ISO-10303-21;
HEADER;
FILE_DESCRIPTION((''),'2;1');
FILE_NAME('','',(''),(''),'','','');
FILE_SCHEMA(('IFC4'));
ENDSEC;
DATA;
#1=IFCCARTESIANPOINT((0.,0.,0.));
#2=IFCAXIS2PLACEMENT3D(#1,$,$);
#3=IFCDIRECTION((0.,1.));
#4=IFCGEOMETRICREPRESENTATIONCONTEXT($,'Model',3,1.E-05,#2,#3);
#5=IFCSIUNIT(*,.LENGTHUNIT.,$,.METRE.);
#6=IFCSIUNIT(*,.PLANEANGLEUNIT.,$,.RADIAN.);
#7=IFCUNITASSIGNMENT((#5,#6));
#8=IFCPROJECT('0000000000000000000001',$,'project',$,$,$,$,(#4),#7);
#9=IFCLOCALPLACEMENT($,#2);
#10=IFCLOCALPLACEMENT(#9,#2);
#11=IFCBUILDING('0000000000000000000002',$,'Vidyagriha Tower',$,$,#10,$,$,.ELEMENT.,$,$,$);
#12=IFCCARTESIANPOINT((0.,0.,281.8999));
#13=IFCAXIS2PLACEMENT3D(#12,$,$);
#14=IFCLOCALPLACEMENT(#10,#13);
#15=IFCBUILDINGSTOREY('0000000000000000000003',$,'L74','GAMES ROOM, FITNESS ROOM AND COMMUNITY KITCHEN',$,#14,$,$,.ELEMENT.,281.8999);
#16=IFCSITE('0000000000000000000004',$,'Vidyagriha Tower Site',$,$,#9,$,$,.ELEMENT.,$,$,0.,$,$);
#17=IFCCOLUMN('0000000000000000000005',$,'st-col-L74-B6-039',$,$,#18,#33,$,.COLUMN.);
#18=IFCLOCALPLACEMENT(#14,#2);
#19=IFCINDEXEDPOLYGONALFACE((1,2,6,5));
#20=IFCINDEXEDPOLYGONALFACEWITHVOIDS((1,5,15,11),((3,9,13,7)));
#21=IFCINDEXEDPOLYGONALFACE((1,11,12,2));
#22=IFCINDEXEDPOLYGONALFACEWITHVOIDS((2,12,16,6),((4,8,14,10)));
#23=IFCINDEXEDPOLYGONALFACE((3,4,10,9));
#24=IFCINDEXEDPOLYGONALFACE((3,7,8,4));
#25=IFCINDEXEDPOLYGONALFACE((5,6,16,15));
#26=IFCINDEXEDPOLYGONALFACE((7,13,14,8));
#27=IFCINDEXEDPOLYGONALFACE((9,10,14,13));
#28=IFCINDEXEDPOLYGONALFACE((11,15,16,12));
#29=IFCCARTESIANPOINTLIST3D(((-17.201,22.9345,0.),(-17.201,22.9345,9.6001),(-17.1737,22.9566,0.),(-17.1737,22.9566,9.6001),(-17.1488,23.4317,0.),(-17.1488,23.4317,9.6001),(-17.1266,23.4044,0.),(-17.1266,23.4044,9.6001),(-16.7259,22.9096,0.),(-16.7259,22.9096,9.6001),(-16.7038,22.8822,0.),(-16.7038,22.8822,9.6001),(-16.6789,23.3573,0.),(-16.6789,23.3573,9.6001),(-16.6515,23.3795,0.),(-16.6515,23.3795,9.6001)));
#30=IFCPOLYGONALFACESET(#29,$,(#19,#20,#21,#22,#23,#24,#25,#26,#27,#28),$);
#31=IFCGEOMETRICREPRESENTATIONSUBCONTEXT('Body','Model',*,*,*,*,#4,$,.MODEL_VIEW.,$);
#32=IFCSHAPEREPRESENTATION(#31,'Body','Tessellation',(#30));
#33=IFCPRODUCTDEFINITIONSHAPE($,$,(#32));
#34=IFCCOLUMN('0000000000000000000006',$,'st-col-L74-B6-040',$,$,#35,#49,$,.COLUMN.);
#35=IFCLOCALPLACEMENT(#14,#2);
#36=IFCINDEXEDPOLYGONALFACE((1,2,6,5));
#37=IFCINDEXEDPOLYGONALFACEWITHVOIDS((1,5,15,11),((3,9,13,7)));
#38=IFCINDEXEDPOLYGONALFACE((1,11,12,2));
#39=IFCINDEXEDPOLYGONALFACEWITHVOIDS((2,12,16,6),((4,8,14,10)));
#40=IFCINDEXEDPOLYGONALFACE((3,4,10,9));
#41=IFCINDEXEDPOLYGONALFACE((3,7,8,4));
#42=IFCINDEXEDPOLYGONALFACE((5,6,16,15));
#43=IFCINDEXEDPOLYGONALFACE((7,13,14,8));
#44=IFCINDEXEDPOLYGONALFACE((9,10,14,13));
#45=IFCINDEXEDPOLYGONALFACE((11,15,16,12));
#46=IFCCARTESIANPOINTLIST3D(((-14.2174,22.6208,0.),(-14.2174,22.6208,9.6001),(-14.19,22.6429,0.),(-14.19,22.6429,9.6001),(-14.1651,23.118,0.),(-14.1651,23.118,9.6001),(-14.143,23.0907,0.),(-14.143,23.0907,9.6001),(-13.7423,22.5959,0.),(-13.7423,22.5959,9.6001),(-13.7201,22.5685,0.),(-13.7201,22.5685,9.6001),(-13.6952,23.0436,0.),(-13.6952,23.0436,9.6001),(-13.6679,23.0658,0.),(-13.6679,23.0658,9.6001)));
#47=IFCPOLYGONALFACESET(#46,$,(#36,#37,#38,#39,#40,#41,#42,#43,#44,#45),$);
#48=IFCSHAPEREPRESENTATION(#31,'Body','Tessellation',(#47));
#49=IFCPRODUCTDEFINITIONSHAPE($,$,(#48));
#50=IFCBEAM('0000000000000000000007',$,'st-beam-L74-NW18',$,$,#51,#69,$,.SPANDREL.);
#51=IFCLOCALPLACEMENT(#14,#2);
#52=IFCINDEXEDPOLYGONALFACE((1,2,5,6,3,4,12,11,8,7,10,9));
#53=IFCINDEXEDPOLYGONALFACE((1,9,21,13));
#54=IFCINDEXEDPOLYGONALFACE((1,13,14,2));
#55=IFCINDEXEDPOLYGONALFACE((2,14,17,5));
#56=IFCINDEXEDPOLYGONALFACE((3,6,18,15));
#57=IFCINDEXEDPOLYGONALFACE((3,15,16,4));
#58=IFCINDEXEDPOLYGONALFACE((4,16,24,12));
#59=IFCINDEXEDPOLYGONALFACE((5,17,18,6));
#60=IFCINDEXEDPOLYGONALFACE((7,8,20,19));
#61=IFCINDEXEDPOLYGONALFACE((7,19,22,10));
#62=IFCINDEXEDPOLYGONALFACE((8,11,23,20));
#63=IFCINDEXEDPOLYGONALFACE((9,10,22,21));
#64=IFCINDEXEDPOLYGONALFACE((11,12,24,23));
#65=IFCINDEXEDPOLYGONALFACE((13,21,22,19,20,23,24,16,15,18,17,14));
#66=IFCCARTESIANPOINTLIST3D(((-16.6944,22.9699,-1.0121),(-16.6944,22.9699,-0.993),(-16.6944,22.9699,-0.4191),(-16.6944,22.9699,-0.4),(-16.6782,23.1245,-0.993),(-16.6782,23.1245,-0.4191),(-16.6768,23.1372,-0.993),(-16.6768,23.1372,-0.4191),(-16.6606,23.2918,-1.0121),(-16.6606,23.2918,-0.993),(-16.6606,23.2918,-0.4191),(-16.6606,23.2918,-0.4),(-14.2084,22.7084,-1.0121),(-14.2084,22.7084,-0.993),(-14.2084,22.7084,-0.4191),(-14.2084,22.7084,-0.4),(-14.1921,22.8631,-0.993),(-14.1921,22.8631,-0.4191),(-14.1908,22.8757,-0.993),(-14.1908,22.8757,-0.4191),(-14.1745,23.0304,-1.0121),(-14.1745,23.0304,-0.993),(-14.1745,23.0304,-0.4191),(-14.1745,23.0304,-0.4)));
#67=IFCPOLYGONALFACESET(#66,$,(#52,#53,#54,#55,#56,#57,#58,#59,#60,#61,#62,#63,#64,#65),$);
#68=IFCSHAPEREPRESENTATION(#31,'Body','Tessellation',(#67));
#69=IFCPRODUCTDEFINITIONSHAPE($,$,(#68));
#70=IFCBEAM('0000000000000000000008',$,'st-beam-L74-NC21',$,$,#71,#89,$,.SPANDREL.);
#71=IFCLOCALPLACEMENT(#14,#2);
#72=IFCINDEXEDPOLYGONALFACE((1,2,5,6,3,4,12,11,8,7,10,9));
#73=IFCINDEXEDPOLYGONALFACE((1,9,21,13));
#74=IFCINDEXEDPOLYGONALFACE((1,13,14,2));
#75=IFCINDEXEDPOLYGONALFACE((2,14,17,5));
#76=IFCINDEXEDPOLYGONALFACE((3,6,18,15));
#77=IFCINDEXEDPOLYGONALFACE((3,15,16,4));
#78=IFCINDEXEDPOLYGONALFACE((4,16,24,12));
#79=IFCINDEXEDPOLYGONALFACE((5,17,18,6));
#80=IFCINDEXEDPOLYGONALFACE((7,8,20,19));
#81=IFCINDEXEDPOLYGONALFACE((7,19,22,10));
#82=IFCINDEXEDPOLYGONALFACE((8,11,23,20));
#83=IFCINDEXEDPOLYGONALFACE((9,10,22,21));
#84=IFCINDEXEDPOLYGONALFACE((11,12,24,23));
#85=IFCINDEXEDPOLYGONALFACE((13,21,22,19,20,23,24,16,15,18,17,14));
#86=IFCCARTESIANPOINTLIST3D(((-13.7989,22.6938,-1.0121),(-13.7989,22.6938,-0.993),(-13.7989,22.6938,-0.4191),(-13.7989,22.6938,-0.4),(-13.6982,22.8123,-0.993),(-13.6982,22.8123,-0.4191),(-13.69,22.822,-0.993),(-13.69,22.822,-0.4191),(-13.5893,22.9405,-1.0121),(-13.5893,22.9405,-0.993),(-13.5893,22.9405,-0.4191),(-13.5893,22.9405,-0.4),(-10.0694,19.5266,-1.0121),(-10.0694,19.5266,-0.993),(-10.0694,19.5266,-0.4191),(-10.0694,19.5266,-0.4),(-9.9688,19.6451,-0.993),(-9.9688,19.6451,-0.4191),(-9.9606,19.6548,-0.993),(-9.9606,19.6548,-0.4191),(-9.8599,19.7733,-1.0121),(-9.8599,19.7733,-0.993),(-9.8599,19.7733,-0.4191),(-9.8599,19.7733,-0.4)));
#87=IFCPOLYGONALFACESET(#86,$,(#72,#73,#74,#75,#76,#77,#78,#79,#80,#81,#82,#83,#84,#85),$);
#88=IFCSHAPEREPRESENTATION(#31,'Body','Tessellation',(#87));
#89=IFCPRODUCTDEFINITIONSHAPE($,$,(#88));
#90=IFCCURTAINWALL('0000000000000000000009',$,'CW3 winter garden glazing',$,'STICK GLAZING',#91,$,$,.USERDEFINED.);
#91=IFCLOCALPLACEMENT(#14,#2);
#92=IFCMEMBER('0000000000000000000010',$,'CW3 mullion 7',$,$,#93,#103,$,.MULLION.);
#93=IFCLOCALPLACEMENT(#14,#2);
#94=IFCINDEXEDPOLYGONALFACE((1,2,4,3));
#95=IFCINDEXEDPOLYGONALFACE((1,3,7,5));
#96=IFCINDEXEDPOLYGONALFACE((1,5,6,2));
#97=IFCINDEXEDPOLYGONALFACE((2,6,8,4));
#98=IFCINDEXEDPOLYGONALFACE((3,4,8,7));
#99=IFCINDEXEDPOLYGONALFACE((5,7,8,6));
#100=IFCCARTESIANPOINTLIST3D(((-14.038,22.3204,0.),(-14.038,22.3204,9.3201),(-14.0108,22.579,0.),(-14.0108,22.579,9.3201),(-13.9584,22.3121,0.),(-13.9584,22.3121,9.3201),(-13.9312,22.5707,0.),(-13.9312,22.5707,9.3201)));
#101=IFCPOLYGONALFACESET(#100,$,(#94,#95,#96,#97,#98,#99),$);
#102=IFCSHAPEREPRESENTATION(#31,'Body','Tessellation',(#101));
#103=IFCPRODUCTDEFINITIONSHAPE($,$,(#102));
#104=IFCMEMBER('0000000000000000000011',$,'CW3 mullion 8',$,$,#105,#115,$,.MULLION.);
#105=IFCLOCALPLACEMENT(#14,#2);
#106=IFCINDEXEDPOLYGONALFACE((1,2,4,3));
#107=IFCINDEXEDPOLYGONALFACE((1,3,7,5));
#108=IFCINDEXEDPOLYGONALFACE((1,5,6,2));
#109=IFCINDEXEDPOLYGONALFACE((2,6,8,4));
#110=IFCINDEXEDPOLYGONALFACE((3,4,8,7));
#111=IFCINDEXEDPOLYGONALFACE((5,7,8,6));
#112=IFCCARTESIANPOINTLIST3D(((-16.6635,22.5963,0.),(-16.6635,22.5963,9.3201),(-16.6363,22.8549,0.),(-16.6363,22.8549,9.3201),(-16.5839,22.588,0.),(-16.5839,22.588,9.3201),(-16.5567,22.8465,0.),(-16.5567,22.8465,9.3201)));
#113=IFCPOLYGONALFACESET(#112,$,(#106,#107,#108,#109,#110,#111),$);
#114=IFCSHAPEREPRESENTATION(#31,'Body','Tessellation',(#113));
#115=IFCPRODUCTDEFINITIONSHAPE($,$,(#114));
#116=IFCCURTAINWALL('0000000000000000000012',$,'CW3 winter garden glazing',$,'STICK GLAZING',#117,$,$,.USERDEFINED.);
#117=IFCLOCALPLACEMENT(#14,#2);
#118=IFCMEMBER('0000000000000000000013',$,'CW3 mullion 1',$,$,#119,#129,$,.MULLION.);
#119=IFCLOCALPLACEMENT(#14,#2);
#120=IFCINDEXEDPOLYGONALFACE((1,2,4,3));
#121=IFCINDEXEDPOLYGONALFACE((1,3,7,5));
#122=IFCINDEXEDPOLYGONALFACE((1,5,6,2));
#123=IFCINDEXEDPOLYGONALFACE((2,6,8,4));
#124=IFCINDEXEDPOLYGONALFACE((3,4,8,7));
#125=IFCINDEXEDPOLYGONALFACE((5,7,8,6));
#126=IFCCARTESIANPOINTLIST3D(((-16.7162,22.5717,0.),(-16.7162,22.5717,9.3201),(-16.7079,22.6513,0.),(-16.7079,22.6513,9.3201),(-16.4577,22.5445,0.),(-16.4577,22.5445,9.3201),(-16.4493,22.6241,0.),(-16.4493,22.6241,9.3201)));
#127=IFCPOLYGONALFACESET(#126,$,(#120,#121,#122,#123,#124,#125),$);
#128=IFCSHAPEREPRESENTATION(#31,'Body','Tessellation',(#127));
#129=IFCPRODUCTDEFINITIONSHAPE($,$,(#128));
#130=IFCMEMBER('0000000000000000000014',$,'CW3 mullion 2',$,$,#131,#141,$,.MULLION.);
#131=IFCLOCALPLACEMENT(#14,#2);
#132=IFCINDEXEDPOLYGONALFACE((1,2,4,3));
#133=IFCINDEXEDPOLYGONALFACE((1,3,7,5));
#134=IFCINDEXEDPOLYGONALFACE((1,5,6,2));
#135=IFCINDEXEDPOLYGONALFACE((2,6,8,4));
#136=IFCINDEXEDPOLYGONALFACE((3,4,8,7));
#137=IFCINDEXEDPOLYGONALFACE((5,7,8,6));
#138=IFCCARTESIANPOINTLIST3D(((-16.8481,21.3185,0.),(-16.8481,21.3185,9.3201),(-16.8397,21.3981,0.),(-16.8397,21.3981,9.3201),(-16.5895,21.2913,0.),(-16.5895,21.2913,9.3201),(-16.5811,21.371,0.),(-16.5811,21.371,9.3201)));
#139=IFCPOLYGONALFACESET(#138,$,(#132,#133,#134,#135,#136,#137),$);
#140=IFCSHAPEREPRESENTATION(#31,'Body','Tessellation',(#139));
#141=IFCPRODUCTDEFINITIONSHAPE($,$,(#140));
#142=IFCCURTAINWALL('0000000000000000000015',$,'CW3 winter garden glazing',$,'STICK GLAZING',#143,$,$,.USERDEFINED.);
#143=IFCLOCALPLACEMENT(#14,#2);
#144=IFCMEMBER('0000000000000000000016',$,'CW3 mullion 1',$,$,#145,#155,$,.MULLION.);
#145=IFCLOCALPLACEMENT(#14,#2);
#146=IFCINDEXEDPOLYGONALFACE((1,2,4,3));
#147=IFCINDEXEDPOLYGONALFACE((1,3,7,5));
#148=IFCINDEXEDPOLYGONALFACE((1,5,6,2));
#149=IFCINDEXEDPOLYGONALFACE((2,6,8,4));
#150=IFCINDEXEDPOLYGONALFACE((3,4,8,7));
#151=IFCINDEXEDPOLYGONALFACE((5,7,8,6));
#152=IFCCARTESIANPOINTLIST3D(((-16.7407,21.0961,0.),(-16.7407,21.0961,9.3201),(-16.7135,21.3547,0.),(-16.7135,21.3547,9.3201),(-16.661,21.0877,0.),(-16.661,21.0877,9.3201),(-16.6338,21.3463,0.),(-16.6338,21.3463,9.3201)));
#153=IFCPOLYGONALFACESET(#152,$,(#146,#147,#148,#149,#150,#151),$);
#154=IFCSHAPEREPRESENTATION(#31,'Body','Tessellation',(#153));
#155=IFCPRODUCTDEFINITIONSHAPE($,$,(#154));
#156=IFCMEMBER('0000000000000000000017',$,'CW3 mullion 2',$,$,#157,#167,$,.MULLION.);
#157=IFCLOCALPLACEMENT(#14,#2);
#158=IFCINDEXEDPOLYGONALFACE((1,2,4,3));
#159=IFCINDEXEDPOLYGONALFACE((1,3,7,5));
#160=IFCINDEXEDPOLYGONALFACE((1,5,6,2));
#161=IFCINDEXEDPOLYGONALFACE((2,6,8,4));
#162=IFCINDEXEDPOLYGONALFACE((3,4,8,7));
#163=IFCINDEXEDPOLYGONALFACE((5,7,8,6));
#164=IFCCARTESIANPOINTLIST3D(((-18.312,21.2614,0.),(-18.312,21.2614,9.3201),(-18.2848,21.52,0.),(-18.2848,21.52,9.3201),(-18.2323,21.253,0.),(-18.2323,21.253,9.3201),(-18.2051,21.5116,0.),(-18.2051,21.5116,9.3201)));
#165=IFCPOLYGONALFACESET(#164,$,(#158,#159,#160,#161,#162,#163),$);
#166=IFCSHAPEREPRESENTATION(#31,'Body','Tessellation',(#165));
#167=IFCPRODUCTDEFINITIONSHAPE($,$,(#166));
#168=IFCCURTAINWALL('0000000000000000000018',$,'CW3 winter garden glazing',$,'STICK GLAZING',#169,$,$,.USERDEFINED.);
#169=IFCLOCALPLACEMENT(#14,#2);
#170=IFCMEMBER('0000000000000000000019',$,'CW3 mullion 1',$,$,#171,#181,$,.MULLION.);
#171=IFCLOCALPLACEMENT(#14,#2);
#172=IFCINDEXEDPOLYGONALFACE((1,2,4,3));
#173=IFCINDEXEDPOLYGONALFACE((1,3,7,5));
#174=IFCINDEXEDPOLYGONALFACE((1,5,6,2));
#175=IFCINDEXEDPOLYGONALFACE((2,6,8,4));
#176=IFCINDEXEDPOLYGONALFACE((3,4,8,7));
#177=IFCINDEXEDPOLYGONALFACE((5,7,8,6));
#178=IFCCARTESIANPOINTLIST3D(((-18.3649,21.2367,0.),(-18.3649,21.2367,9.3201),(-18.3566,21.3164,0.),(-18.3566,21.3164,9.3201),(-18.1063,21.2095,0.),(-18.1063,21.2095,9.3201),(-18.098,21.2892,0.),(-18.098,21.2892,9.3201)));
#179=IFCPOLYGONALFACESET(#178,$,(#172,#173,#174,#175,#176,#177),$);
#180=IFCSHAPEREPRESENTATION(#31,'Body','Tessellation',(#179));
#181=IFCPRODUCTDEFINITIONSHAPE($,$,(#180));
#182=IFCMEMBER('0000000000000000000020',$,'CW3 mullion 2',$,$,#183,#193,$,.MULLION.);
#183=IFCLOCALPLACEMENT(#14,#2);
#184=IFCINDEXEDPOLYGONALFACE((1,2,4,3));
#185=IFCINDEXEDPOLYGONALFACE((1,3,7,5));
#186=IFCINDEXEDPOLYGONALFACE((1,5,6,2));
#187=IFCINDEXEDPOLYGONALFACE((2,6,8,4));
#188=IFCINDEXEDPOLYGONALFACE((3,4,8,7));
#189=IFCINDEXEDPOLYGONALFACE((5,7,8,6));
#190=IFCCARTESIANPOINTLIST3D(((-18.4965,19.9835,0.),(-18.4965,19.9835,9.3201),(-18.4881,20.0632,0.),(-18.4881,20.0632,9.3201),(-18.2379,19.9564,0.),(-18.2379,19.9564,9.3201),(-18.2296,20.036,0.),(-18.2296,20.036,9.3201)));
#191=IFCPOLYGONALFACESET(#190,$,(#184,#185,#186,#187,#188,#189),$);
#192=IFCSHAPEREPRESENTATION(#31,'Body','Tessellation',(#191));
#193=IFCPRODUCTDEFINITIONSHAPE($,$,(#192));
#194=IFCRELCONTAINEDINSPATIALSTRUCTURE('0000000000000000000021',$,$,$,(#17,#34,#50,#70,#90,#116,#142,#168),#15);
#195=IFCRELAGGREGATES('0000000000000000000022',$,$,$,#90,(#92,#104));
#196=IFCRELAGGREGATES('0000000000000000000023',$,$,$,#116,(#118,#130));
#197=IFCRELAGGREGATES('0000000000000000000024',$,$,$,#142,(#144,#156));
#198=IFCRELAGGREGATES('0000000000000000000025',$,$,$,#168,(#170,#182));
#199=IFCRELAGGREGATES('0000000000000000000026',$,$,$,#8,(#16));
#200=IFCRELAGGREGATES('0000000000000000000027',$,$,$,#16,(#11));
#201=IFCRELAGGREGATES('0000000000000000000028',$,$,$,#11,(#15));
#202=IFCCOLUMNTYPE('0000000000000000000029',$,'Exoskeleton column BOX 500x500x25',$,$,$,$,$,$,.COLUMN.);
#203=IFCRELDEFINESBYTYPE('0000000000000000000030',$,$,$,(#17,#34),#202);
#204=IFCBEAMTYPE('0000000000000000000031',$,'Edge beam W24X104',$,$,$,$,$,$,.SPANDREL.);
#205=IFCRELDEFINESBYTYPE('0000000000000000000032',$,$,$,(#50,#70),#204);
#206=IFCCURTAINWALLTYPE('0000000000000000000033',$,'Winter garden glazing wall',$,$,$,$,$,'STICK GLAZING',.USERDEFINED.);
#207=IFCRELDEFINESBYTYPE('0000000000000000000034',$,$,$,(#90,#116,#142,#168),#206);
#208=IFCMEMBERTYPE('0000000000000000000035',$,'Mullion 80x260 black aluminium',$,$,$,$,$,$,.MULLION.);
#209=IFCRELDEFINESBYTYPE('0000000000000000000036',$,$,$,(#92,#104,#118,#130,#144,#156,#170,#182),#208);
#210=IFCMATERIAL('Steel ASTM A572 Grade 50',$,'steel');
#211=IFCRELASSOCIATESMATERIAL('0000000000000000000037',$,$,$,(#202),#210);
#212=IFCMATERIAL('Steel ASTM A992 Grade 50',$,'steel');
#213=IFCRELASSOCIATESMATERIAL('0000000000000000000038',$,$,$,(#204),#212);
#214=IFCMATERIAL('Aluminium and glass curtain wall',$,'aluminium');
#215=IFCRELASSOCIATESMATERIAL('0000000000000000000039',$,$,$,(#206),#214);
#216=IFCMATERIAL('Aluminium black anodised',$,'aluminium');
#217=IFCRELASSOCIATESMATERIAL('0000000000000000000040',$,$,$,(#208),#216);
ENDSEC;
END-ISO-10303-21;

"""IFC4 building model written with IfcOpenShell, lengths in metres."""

from ifc_helpers import new_model, si_unit, direction, frame, origin, origin_2d, place, context, subcontext, project, spatial, rectangle, hollow_rectangle, i_section, extrude, material, material_profile, profile_set, type_object, element, aggregate, save


model = new_model("IFC4")

# Units and contexts
model_context = context("Model", 3, precision=1e-05, world=origin(), true_north=direction((0.0, 1.0)))
body_context = subcontext(model_context, "Body", "Model", "MODEL_VIEW")
ifc_project = project(units=[si_unit("LENGTHUNIT", "METRE"), si_unit("PLANEANGLEUNIT", "RADIAN")], contexts=[model_context])

# Site, building, storey
site_placement = place(None, origin())
site = spatial("IfcSite", under=ifc_project, at=site_placement, Name="Vidyagriha Tower Site", CompositionType="ELEMENT", RefElevation=0.0)
building_placement = place(site_placement, origin())
building = spatial("IfcBuilding", under=site, at=building_placement, Name="Vidyagriha Tower", CompositionType="ELEMENT")
storey_placement = place(building_placement, frame((0.0, 0.0, 281.8999)))
storey = spatial("IfcBuildingStorey", under=building, at=storey_placement, Name="L74", Description="GAMES ROOM, FITNESS ROOM AND COMMUNITY KITCHEN", CompositionType="ELEMENT", Elevation=281.8999)

# Columns
ifc_material_1 = material(Name="Steel ASTM A572 Grade 50", Category="steel")
ifc_material_profile_1 = material_profile(ifc_material_1, hollow_rectangle(XDim=0.5, YDim=0.5, WallThickness=0.0249, at=origin_2d()), Name="BOX 500x500x25")
ifc_profile_set_1 = profile_set([ifc_material_profile_1], Name="Steel ASTM A572 Grade 50")
column_type = type_object("IfcColumnType", Name="Exoskeleton column BOX 500x500x25", PredefinedType="COLUMN", material=ifc_profile_set_1)
for number, where, z_axis, x_axis, name in (
    (1, (-16.9263, 23.157, 0.0), (0.0, 0.0, 1.0), (0.994522, -0.104528, 0.0), "st-col-L74-B6-039"),
    (2, (-13.9426, 22.8433, 0.0), (0.0, 0.0, 1.0), (0.994522, -0.104528, 0.0), "st-col-L74-B6-040"),
):
    element("IfcColumn", number, at=place(storey_placement, frame(where, z_axis=z_axis, x_axis=x_axis)), inside=storey, type_object=column_type, Name=name, PredefinedType="COLUMN", context=body_context, shape_type="SweptSolid", body=[
        extrude(hollow_rectangle(XDim=0.5, YDim=0.5, WallThickness=0.0249, at=origin_2d()), origin(), (0.0, 0.0, 1.0), 9.6001),
    ])

# Beams
ifc_material_2 = material(Name="Steel ASTM A992 Grade 50", Category="steel")
ifc_material_profile_2 = material_profile(ifc_material_2, i_section(OverallWidth=0.3237, OverallDepth=0.6121, WebThickness=0.0127, FlangeThickness=0.019, at=origin_2d()), Name="W24X104")
ifc_profile_set_2 = profile_set([ifc_material_profile_2], Name="Steel ASTM A992 Grade 50")
beam_type = type_object("IfcBeamType", Name="Edge beam W24X104", PredefinedType="SPANDREL", material=ifc_profile_set_2)
beam_1_placement = place(storey_placement, frame((-16.6775, 23.1309, -0.7061), z_axis=(0.994515, -0.104598, 0.0), x_axis=(0.104598, 0.994515, 0.0)))
element("IfcBeam", 3, at=beam_1_placement, inside=storey, type_object=beam_type, Name="st-beam-L74-NW18", PredefinedType="SPANDREL", context=body_context, shape_type="SweptSolid", body=[
    extrude(i_section(OverallWidth=0.3237, OverallDepth=0.6121, WebThickness=0.0127, FlangeThickness=0.019, at=origin_2d()), origin(), (0.0, 0.0, 1.0), 2.4998),
])
beam_2_placement = place(storey_placement, frame((-13.6941, 22.8171, -0.7061), z_axis=(0.762225, -0.647312, 0.0), x_axis=(0.647312, 0.762225, 0.0)))
element("IfcBeam", 4, at=beam_2_placement, inside=storey, type_object=beam_type, Name="st-beam-L74-NC21", PredefinedType="SPANDREL", context=body_context, shape_type="SweptSolid", body=[
    extrude(i_section(OverallWidth=0.3237, OverallDepth=0.6121, WebThickness=0.0127, FlangeThickness=0.019, at=origin_2d()), origin(), (0.0, 0.0, 1.0), 4.8928),
])

# Curtain walls, members
ifc_material_3 = material(Name="Aluminium and glass curtain wall", Category="aluminium")
curtain_wall_type = type_object("IfcCurtainWallType", Name="Winter garden glazing wall", ElementType="STICK GLAZING", PredefinedType="USERDEFINED", material=ifc_material_3)
curtain_wall_1_placement = place(storey_placement, origin())
curtain_wall_1 = element("IfcCurtainWall", 5, at=curtain_wall_1_placement, inside=storey, type_object=curtain_wall_type, Name="CW3 winter garden glazing", ObjectType="STICK GLAZING", PredefinedType="USERDEFINED")
ifc_material_4 = material(Name="Aluminium black anodised", Category="aluminium")
ifc_material_profile_3 = material_profile(ifc_material_4, rectangle(XDim=0.26, YDim=0.0801, at=origin_2d()), Name="Mullion 80x260 black aluminium")
ifc_profile_set_3 = profile_set([ifc_material_profile_3], Name="Aluminium black anodised")
member_type_1 = type_object("IfcMemberType", Name="Mullion 80x260 black aluminium", PredefinedType="MULLION", material=ifc_profile_set_3)
member_1_placement = place(storey_placement, frame((-13.9846, 22.4456, 0.0), z_axis=(0.0, 0.0, 1.0), x_axis=(-0.104528, -0.994522, 0.0)))
member_1 = element("IfcMember", 6, at=member_1_placement, type_object=member_type_1, Name="CW3 mullion 7", PredefinedType="MULLION", context=body_context, shape_type="SweptSolid", body=[
    extrude(rectangle(XDim=0.26, YDim=0.0801, at=origin_2d()), origin(), (0.0, 0.0, 1.0), 9.3201),
])
member_2_placement = place(storey_placement, frame((-16.6101, 22.7214, 0.0), z_axis=(0.0, 0.0, 1.0), x_axis=(-0.104528, -0.994522, 0.0)))
member_2 = element("IfcMember", 7, at=member_2_placement, type_object=member_type_1, Name="CW3 mullion 8", PredefinedType="MULLION", context=body_context, shape_type="SweptSolid", body=[
    extrude(rectangle(XDim=0.26, YDim=0.0801, at=origin_2d()), origin(), (0.0, 0.0, 1.0), 9.3201),
])
curtain_wall_2_placement = place(storey_placement, origin())
curtain_wall_2 = element("IfcCurtainWall", 8, at=curtain_wall_2_placement, inside=storey, type_object=curtain_wall_type, Name="CW3 winter garden glazing", ObjectType="STICK GLAZING", PredefinedType="USERDEFINED")
member_3_placement = place(storey_placement, frame((-16.5828, 22.5979, 0.0), z_axis=(0.0, 0.0, 1.0), x_axis=(0.99452, -0.104549, 0.0)))
member_3 = element("IfcMember", 9, at=member_3_placement, type_object=member_type_1, Name="CW3 mullion 1", PredefinedType="MULLION", context=body_context, shape_type="SweptSolid", body=[
    extrude(rectangle(XDim=0.26, YDim=0.0801, at=origin_2d()), origin(), (0.0, 0.0, 1.0), 9.3201),
])
member_4_placement = place(storey_placement, frame((-16.7146, 21.3447, 0.0), z_axis=(0.0, 0.0, 1.0), x_axis=(0.99452, -0.104549, 0.0)))
member_4 = element("IfcMember", 10, at=member_4_placement, type_object=member_type_1, Name="CW3 mullion 2", PredefinedType="MULLION", context=body_context, shape_type="SweptSolid", body=[
    extrude(rectangle(XDim=0.26, YDim=0.0801, at=origin_2d()), origin(), (0.0, 0.0, 1.0), 9.3201),
])
curtain_wall_3_placement = place(storey_placement, origin())
curtain_wall_3 = element("IfcCurtainWall", 11, at=curtain_wall_3_placement, inside=storey, type_object=curtain_wall_type, Name="CW3 winter garden glazing", ObjectType="STICK GLAZING", PredefinedType="USERDEFINED")
member_5_placement = place(storey_placement, frame((-16.6873, 21.2212, 0.0), z_axis=(0.0, 0.0, 1.0), x_axis=(-0.104519, -0.994523, 0.0)))
member_5 = element("IfcMember", 12, at=member_5_placement, type_object=member_type_1, Name="CW3 mullion 1", PredefinedType="MULLION", context=body_context, shape_type="SweptSolid", body=[
    extrude(rectangle(XDim=0.26, YDim=0.0801, at=origin_2d()), origin(), (0.0, 0.0, 1.0), 9.3201),
])
member_6_placement = place(storey_placement, frame((-18.2585, 21.3865, 0.0), z_axis=(0.0, 0.0, 1.0), x_axis=(-0.104519, -0.994523, 0.0)))
member_6 = element("IfcMember", 13, at=member_6_placement, type_object=member_type_1, Name="CW3 mullion 2", PredefinedType="MULLION", context=body_context, shape_type="SweptSolid", body=[
    extrude(rectangle(XDim=0.26, YDim=0.0801, at=origin_2d()), origin(), (0.0, 0.0, 1.0), 9.3201),
])
curtain_wall_4_placement = place(storey_placement, origin())
curtain_wall_4 = element("IfcCurtainWall", 14, at=curtain_wall_4_placement, inside=storey, type_object=curtain_wall_type, Name="CW3 winter garden glazing", ObjectType="STICK GLAZING", PredefinedType="USERDEFINED")
member_7_placement = place(storey_placement, frame((-18.2314, 21.2629, 0.0), z_axis=(0.0, 0.0, 1.0), x_axis=(0.99452, -0.104549, 0.0)))
member_7 = element("IfcMember", 15, at=member_7_placement, type_object=member_type_1, Name="CW3 mullion 1", PredefinedType="MULLION", context=body_context, shape_type="SweptSolid", body=[
    extrude(rectangle(XDim=0.26, YDim=0.0801, at=origin_2d()), origin(), (0.0, 0.0, 1.0), 9.3201),
])
member_8_placement = place(storey_placement, frame((-18.363, 20.0098, 0.0), z_axis=(0.0, 0.0, 1.0), x_axis=(0.99452, -0.104549, 0.0)))
member_8 = element("IfcMember", 16, at=member_8_placement, type_object=member_type_1, Name="CW3 mullion 2", PredefinedType="MULLION", context=body_context, shape_type="SweptSolid", body=[
    extrude(rectangle(XDim=0.26, YDim=0.0801, at=origin_2d()), origin(), (0.0, 0.0, 1.0), 9.3201),
])

aggregate(curtain_wall_1, [member_1, member_2])
aggregate(curtain_wall_2, [member_3, member_4])
aggregate(curtain_wall_3, [member_5, member_6])
aggregate(curtain_wall_4, [member_7, member_8])

save(model, "model.ifc")
